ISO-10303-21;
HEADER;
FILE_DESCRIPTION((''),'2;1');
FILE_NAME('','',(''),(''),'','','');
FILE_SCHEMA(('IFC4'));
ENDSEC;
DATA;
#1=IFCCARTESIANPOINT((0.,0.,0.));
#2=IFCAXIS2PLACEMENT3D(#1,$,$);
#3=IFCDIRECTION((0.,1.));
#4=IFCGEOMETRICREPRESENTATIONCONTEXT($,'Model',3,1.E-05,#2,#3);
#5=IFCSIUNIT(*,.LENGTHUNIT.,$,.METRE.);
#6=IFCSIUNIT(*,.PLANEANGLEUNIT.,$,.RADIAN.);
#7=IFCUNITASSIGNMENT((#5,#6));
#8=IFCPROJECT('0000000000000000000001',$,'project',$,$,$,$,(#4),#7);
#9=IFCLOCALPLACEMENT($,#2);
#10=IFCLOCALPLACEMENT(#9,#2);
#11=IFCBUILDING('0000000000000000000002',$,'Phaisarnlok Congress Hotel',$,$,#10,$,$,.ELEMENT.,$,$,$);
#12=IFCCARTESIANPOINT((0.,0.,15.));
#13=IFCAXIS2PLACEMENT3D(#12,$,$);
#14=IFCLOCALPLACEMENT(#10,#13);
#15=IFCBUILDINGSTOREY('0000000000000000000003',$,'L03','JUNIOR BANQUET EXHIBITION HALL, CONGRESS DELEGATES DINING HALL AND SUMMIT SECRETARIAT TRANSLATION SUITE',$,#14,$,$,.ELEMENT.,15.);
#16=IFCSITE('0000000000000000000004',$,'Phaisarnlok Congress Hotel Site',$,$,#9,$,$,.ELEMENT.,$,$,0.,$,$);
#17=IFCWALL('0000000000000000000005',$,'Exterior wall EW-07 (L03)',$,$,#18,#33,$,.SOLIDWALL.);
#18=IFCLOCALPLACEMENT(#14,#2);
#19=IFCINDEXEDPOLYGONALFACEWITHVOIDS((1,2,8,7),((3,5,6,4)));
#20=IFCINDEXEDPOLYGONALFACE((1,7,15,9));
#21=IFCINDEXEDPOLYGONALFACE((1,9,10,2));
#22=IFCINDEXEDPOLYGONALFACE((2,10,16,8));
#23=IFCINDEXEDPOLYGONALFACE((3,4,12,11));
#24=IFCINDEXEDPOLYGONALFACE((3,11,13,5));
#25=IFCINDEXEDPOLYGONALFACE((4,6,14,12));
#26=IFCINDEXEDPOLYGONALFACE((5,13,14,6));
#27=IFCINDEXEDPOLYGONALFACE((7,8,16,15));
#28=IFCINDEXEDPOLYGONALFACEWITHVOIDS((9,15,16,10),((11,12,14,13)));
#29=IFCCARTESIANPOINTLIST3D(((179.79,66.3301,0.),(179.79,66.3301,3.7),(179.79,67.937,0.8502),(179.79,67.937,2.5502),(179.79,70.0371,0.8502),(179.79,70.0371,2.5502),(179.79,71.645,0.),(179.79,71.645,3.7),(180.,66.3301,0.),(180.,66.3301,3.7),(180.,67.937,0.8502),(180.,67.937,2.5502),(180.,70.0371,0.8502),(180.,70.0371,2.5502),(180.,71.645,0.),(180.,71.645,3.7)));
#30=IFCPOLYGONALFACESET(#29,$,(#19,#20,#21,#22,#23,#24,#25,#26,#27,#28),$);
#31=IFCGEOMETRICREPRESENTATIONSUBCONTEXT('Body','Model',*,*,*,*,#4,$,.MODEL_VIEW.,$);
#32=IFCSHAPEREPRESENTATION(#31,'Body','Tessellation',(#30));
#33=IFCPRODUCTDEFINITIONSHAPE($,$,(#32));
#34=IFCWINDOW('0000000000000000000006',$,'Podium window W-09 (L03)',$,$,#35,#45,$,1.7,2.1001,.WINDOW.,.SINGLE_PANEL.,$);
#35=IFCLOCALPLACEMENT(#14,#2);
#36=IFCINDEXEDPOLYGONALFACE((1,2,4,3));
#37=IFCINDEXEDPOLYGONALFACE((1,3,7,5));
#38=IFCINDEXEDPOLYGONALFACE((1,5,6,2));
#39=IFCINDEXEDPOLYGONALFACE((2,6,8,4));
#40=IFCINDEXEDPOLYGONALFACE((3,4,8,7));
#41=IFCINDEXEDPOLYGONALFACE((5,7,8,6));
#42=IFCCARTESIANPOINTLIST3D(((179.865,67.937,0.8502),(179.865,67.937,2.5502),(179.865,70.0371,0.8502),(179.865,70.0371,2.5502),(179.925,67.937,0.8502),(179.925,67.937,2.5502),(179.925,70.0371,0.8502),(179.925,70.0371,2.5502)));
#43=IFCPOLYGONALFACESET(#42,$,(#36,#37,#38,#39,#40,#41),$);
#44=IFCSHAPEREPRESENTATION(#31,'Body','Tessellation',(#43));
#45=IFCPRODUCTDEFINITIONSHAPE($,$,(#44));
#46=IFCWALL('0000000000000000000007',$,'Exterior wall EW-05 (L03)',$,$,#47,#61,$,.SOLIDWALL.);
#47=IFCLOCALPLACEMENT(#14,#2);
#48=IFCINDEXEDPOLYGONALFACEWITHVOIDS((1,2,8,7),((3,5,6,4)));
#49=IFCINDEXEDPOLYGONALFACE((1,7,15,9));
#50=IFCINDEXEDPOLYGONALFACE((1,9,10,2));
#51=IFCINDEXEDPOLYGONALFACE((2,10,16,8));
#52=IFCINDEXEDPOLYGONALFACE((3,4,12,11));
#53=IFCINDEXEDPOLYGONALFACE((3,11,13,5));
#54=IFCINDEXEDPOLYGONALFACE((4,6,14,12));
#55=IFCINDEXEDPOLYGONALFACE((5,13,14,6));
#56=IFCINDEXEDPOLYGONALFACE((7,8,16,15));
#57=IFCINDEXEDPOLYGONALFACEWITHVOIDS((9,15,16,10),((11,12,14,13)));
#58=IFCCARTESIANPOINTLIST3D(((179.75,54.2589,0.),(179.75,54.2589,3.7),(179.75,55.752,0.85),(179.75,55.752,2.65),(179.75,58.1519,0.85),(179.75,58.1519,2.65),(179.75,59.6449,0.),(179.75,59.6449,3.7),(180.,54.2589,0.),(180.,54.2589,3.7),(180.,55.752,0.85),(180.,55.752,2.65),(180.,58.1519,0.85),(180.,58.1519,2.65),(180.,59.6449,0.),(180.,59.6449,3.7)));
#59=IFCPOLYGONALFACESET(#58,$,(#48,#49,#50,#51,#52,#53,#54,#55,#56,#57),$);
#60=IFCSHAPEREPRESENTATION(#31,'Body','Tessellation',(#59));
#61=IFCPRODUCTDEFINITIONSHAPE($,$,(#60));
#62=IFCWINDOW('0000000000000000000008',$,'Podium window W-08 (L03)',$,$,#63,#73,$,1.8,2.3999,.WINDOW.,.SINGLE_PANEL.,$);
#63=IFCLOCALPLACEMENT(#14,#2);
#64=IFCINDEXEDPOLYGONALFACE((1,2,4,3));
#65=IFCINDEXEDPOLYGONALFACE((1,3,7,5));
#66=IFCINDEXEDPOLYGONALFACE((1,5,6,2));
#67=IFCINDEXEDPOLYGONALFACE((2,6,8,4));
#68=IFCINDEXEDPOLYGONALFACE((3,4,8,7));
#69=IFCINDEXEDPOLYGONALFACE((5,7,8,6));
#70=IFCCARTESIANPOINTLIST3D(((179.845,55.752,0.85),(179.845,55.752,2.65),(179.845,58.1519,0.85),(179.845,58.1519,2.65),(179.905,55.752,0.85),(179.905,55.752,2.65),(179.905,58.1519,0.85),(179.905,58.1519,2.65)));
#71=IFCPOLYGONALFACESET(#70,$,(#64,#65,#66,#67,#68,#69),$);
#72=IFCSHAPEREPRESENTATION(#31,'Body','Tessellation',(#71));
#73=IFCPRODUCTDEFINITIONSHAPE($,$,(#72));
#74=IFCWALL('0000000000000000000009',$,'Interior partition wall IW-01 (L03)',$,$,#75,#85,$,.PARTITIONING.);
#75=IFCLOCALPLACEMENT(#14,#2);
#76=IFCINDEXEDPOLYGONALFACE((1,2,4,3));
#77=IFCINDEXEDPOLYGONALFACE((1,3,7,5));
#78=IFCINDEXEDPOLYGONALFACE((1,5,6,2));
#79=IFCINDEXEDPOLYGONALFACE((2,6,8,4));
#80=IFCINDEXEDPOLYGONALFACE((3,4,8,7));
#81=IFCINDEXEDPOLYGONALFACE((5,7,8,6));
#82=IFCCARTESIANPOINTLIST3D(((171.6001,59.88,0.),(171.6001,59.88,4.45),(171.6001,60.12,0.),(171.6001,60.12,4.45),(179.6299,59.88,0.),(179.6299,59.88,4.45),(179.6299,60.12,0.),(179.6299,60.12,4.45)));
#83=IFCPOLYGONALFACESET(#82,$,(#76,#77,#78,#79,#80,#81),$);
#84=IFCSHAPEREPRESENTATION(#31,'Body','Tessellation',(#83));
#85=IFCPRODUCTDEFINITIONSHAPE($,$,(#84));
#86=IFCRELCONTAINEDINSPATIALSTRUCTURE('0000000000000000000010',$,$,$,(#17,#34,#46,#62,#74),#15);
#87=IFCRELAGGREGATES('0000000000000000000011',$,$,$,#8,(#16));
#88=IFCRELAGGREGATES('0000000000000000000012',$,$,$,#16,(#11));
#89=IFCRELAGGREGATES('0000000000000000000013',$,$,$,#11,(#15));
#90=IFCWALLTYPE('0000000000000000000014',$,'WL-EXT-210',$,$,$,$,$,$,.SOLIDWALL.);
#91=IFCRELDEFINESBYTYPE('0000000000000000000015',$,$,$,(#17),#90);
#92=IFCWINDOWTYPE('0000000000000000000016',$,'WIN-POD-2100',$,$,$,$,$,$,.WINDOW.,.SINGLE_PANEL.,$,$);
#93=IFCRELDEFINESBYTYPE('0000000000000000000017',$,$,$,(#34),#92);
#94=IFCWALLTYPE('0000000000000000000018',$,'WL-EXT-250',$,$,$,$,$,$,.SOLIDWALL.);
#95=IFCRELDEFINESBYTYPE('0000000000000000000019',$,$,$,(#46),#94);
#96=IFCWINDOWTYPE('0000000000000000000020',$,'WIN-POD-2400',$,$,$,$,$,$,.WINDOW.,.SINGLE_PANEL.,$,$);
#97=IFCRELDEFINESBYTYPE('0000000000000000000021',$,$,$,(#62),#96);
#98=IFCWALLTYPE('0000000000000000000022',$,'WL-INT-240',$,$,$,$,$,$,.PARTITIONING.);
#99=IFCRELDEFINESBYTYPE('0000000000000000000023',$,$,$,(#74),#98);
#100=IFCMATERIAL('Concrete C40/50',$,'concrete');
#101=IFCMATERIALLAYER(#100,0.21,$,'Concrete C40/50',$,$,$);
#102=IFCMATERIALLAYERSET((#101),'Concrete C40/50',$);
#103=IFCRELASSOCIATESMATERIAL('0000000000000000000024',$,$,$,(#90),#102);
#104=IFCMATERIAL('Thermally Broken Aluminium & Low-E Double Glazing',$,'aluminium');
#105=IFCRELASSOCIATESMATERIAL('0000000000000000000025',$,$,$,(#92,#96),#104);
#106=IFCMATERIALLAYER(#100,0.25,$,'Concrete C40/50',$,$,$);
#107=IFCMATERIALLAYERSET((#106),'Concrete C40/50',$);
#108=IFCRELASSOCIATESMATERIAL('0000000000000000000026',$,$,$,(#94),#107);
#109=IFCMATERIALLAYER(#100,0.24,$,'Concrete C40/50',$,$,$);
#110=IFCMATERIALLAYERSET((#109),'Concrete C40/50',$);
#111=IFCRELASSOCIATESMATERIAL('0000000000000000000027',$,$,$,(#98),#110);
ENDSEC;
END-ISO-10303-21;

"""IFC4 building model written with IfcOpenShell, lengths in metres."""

from ifc_helpers import new_model, si_unit, direction, frame, frame_2d, origin, place, context, subcontext, project, spatial, rectangle, extrude, material, layer, layer_set, type_object, element, fill, save


model = new_model("IFC4")

# Units and contexts
model_context = context("Model", 3, precision=1e-05, world=origin(), true_north=direction((0.0, 1.0)))
body_context = subcontext(model_context, "Body", "Model", "MODEL_VIEW")
ifc_project = project(units=[si_unit("LENGTHUNIT", "METRE"), si_unit("PLANEANGLEUNIT", "RADIAN")], contexts=[model_context])

# Site, building, storey
site_placement = place(None, origin())
site = spatial("IfcSite", under=ifc_project, at=site_placement, Name="Phaisarnlok Congress Hotel Site", CompositionType="ELEMENT", RefElevation=0.0)
building_placement = place(site_placement, origin())
building = spatial("IfcBuilding", under=site, at=building_placement, Name="Phaisarnlok Congress Hotel", CompositionType="ELEMENT")
storey_placement = place(building_placement, frame((0.0, 0.0, 15.0)))
storey = spatial("IfcBuildingStorey", under=building, at=storey_placement, Name="L03", Description="JUNIOR BANQUET EXHIBITION HALL, CONGRESS DELEGATES DINING HALL AND SUMMIT SECRETARIAT TRANSLATION SUITE", CompositionType="ELEMENT", Elevation=15.0)

# Shared definitions
ifc_material_1 = material(Name="Concrete C40/50", Category="concrete")

# Walls, openings, windows
ifc_layer_1 = layer(ifc_material_1, 0.21, Name="Concrete C40/50")
ifc_layer_set_1 = layer_set([ifc_layer_1], Name="Concrete C40/50")
wall_type_1 = type_object("IfcWallType", Name="WL-EXT-210", PredefinedType="SOLIDWALL", material=ifc_layer_set_1)
wall_1_placement = place(storey_placement, frame((179.895, 66.3301, 0.0), z_axis=(0.0, 0.0, 1.0), x_axis=(0.0, 1.0, 0.0)))
wall_1 = element("IfcWall", 1, at=wall_1_placement, inside=storey, type_object=wall_type_1, Name="Exterior wall EW-07 (L03)", PredefinedType="SOLIDWALL", context=body_context, shape_type="SweptSolid", body=[
    extrude(rectangle(XDim=5.3149, YDim=0.21, at=frame_2d((2.6575, 0.0))), origin(), (0.0, 0.0, 1.0), 3.7),
])
opening_1_placement = place(wall_1_placement, frame((1.6069, 0.0, 0.8501)))
opening_1 = element("IfcOpeningElement", 2, at=opening_1_placement, cuts=wall_1, PredefinedType="OPENING", context=body_context, shape_type="SweptSolid", body=[
    extrude(rectangle(XDim=2.1001, YDim=1.7, at=frame_2d((1.05, 0.8501))), frame((0.0, 0.115, 0.0), z_axis=(0.0, -1.0, 0.0), x_axis=(1.0, 0.0, 0.0)), (0.0, 0.0, 1.0), 0.23),
])
ifc_material_2 = material(Name="Thermally Broken Aluminium & Low-E Double Glazing", Category="aluminium")
window_type_1 = type_object("IfcWindowType", Name="WIN-POD-2100", PartitioningType="SINGLE_PANEL", PredefinedType="WINDOW", material=ifc_material_2)
window_1_placement = place(opening_1_placement, origin())
window_1 = element("IfcWindow", 3, at=window_1_placement, inside=storey, type_object=window_type_1, Name="Podium window W-09 (L03)", OverallHeight=1.7, OverallWidth=2.1001, PartitioningType="SINGLE_PANEL", PredefinedType="WINDOW", context=body_context, shape_type="SweptSolid", body=[
    extrude(rectangle(XDim=2.1001, YDim=1.7, at=frame_2d((1.05, 0.8501))), frame((0.0, 0.03, 0.0), z_axis=(0.0, -1.0, 0.0), x_axis=(1.0, 0.0, 0.0)), (0.0, 0.0, 1.0), 0.0601),
])
fill(opening_1, window_1)
ifc_layer_2 = layer(ifc_material_1, 0.25, Name="Concrete C40/50")
ifc_layer_set_2 = layer_set([ifc_layer_2], Name="Concrete C40/50")
wall_type_2 = type_object("IfcWallType", Name="WL-EXT-250", PredefinedType="SOLIDWALL", material=ifc_layer_set_2)
wall_2_placement = place(storey_placement, frame((179.875, 54.259, 0.0), z_axis=(0.0, 0.0, 1.0), x_axis=(0.0, 1.0, 0.0)))
wall_2 = element("IfcWall", 4, at=wall_2_placement, inside=storey, type_object=wall_type_2, Name="Exterior wall EW-05 (L03)", PredefinedType="SOLIDWALL", context=body_context, shape_type="SweptSolid", body=[
    extrude(rectangle(XDim=5.386, YDim=0.25, at=frame_2d((2.6929, 0.0))), origin(), (0.0, 0.0, 1.0), 3.7),
])
opening_2_placement = place(wall_2_placement, frame((1.4929, 0.0, 0.8501)))
opening_2 = element("IfcOpeningElement", 5, at=opening_2_placement, cuts=wall_2, PredefinedType="OPENING", context=body_context, shape_type="SweptSolid", body=[
    extrude(rectangle(XDim=2.3999, YDim=1.8, at=frame_2d((1.2, 0.8999))), frame((0.0, 0.135, 0.0), z_axis=(0.0, -1.0, 0.0), x_axis=(1.0, 0.0, 0.0)), (0.0, 0.0, 1.0), 0.27),
])
window_type_2 = type_object("IfcWindowType", Name="WIN-POD-2400", PartitioningType="SINGLE_PANEL", PredefinedType="WINDOW", material=ifc_material_2)
window_2_placement = place(opening_2_placement, origin())
window_2 = element("IfcWindow", 6, at=window_2_placement, inside=storey, type_object=window_type_2, Name="Podium window W-08 (L03)", OverallHeight=1.8, OverallWidth=2.3999, PartitioningType="SINGLE_PANEL", PredefinedType="WINDOW", context=body_context, shape_type="SweptSolid", body=[
    extrude(rectangle(XDim=2.3999, YDim=1.8, at=frame_2d((1.2, 0.8999))), frame((0.0, 0.03, 0.0), z_axis=(0.0, -1.0, 0.0), x_axis=(1.0, 0.0, 0.0)), (0.0, 0.0, 1.0), 0.0601),
])
fill(opening_2, window_2)

# Wall
ifc_layer_3 = layer(ifc_material_1, 0.24, Name="Concrete C40/50")
ifc_layer_set_3 = layer_set([ifc_layer_3], Name="Concrete C40/50")
wall_type_3 = type_object("IfcWallType", Name="WL-INT-240", PredefinedType="PARTITIONING", material=ifc_layer_set_3)
wall_3_placement = place(storey_placement, frame((171.6001, 60.0, 0.0), z_axis=(0.0, 0.0, 1.0), x_axis=(1.0, 0.0, 0.0)))
element("IfcWall", 7, at=wall_3_placement, inside=storey, type_object=wall_type_3, Name="Interior partition wall IW-01 (L03)", PredefinedType="PARTITIONING", context=body_context, shape_type="SweptSolid", body=[
    extrude(rectangle(XDim=8.0298, YDim=0.24, at=frame_2d((4.0149, 0.0))), origin(), (0.0, 0.0, 1.0), 4.45),
])

save(model, "model.ifc")
